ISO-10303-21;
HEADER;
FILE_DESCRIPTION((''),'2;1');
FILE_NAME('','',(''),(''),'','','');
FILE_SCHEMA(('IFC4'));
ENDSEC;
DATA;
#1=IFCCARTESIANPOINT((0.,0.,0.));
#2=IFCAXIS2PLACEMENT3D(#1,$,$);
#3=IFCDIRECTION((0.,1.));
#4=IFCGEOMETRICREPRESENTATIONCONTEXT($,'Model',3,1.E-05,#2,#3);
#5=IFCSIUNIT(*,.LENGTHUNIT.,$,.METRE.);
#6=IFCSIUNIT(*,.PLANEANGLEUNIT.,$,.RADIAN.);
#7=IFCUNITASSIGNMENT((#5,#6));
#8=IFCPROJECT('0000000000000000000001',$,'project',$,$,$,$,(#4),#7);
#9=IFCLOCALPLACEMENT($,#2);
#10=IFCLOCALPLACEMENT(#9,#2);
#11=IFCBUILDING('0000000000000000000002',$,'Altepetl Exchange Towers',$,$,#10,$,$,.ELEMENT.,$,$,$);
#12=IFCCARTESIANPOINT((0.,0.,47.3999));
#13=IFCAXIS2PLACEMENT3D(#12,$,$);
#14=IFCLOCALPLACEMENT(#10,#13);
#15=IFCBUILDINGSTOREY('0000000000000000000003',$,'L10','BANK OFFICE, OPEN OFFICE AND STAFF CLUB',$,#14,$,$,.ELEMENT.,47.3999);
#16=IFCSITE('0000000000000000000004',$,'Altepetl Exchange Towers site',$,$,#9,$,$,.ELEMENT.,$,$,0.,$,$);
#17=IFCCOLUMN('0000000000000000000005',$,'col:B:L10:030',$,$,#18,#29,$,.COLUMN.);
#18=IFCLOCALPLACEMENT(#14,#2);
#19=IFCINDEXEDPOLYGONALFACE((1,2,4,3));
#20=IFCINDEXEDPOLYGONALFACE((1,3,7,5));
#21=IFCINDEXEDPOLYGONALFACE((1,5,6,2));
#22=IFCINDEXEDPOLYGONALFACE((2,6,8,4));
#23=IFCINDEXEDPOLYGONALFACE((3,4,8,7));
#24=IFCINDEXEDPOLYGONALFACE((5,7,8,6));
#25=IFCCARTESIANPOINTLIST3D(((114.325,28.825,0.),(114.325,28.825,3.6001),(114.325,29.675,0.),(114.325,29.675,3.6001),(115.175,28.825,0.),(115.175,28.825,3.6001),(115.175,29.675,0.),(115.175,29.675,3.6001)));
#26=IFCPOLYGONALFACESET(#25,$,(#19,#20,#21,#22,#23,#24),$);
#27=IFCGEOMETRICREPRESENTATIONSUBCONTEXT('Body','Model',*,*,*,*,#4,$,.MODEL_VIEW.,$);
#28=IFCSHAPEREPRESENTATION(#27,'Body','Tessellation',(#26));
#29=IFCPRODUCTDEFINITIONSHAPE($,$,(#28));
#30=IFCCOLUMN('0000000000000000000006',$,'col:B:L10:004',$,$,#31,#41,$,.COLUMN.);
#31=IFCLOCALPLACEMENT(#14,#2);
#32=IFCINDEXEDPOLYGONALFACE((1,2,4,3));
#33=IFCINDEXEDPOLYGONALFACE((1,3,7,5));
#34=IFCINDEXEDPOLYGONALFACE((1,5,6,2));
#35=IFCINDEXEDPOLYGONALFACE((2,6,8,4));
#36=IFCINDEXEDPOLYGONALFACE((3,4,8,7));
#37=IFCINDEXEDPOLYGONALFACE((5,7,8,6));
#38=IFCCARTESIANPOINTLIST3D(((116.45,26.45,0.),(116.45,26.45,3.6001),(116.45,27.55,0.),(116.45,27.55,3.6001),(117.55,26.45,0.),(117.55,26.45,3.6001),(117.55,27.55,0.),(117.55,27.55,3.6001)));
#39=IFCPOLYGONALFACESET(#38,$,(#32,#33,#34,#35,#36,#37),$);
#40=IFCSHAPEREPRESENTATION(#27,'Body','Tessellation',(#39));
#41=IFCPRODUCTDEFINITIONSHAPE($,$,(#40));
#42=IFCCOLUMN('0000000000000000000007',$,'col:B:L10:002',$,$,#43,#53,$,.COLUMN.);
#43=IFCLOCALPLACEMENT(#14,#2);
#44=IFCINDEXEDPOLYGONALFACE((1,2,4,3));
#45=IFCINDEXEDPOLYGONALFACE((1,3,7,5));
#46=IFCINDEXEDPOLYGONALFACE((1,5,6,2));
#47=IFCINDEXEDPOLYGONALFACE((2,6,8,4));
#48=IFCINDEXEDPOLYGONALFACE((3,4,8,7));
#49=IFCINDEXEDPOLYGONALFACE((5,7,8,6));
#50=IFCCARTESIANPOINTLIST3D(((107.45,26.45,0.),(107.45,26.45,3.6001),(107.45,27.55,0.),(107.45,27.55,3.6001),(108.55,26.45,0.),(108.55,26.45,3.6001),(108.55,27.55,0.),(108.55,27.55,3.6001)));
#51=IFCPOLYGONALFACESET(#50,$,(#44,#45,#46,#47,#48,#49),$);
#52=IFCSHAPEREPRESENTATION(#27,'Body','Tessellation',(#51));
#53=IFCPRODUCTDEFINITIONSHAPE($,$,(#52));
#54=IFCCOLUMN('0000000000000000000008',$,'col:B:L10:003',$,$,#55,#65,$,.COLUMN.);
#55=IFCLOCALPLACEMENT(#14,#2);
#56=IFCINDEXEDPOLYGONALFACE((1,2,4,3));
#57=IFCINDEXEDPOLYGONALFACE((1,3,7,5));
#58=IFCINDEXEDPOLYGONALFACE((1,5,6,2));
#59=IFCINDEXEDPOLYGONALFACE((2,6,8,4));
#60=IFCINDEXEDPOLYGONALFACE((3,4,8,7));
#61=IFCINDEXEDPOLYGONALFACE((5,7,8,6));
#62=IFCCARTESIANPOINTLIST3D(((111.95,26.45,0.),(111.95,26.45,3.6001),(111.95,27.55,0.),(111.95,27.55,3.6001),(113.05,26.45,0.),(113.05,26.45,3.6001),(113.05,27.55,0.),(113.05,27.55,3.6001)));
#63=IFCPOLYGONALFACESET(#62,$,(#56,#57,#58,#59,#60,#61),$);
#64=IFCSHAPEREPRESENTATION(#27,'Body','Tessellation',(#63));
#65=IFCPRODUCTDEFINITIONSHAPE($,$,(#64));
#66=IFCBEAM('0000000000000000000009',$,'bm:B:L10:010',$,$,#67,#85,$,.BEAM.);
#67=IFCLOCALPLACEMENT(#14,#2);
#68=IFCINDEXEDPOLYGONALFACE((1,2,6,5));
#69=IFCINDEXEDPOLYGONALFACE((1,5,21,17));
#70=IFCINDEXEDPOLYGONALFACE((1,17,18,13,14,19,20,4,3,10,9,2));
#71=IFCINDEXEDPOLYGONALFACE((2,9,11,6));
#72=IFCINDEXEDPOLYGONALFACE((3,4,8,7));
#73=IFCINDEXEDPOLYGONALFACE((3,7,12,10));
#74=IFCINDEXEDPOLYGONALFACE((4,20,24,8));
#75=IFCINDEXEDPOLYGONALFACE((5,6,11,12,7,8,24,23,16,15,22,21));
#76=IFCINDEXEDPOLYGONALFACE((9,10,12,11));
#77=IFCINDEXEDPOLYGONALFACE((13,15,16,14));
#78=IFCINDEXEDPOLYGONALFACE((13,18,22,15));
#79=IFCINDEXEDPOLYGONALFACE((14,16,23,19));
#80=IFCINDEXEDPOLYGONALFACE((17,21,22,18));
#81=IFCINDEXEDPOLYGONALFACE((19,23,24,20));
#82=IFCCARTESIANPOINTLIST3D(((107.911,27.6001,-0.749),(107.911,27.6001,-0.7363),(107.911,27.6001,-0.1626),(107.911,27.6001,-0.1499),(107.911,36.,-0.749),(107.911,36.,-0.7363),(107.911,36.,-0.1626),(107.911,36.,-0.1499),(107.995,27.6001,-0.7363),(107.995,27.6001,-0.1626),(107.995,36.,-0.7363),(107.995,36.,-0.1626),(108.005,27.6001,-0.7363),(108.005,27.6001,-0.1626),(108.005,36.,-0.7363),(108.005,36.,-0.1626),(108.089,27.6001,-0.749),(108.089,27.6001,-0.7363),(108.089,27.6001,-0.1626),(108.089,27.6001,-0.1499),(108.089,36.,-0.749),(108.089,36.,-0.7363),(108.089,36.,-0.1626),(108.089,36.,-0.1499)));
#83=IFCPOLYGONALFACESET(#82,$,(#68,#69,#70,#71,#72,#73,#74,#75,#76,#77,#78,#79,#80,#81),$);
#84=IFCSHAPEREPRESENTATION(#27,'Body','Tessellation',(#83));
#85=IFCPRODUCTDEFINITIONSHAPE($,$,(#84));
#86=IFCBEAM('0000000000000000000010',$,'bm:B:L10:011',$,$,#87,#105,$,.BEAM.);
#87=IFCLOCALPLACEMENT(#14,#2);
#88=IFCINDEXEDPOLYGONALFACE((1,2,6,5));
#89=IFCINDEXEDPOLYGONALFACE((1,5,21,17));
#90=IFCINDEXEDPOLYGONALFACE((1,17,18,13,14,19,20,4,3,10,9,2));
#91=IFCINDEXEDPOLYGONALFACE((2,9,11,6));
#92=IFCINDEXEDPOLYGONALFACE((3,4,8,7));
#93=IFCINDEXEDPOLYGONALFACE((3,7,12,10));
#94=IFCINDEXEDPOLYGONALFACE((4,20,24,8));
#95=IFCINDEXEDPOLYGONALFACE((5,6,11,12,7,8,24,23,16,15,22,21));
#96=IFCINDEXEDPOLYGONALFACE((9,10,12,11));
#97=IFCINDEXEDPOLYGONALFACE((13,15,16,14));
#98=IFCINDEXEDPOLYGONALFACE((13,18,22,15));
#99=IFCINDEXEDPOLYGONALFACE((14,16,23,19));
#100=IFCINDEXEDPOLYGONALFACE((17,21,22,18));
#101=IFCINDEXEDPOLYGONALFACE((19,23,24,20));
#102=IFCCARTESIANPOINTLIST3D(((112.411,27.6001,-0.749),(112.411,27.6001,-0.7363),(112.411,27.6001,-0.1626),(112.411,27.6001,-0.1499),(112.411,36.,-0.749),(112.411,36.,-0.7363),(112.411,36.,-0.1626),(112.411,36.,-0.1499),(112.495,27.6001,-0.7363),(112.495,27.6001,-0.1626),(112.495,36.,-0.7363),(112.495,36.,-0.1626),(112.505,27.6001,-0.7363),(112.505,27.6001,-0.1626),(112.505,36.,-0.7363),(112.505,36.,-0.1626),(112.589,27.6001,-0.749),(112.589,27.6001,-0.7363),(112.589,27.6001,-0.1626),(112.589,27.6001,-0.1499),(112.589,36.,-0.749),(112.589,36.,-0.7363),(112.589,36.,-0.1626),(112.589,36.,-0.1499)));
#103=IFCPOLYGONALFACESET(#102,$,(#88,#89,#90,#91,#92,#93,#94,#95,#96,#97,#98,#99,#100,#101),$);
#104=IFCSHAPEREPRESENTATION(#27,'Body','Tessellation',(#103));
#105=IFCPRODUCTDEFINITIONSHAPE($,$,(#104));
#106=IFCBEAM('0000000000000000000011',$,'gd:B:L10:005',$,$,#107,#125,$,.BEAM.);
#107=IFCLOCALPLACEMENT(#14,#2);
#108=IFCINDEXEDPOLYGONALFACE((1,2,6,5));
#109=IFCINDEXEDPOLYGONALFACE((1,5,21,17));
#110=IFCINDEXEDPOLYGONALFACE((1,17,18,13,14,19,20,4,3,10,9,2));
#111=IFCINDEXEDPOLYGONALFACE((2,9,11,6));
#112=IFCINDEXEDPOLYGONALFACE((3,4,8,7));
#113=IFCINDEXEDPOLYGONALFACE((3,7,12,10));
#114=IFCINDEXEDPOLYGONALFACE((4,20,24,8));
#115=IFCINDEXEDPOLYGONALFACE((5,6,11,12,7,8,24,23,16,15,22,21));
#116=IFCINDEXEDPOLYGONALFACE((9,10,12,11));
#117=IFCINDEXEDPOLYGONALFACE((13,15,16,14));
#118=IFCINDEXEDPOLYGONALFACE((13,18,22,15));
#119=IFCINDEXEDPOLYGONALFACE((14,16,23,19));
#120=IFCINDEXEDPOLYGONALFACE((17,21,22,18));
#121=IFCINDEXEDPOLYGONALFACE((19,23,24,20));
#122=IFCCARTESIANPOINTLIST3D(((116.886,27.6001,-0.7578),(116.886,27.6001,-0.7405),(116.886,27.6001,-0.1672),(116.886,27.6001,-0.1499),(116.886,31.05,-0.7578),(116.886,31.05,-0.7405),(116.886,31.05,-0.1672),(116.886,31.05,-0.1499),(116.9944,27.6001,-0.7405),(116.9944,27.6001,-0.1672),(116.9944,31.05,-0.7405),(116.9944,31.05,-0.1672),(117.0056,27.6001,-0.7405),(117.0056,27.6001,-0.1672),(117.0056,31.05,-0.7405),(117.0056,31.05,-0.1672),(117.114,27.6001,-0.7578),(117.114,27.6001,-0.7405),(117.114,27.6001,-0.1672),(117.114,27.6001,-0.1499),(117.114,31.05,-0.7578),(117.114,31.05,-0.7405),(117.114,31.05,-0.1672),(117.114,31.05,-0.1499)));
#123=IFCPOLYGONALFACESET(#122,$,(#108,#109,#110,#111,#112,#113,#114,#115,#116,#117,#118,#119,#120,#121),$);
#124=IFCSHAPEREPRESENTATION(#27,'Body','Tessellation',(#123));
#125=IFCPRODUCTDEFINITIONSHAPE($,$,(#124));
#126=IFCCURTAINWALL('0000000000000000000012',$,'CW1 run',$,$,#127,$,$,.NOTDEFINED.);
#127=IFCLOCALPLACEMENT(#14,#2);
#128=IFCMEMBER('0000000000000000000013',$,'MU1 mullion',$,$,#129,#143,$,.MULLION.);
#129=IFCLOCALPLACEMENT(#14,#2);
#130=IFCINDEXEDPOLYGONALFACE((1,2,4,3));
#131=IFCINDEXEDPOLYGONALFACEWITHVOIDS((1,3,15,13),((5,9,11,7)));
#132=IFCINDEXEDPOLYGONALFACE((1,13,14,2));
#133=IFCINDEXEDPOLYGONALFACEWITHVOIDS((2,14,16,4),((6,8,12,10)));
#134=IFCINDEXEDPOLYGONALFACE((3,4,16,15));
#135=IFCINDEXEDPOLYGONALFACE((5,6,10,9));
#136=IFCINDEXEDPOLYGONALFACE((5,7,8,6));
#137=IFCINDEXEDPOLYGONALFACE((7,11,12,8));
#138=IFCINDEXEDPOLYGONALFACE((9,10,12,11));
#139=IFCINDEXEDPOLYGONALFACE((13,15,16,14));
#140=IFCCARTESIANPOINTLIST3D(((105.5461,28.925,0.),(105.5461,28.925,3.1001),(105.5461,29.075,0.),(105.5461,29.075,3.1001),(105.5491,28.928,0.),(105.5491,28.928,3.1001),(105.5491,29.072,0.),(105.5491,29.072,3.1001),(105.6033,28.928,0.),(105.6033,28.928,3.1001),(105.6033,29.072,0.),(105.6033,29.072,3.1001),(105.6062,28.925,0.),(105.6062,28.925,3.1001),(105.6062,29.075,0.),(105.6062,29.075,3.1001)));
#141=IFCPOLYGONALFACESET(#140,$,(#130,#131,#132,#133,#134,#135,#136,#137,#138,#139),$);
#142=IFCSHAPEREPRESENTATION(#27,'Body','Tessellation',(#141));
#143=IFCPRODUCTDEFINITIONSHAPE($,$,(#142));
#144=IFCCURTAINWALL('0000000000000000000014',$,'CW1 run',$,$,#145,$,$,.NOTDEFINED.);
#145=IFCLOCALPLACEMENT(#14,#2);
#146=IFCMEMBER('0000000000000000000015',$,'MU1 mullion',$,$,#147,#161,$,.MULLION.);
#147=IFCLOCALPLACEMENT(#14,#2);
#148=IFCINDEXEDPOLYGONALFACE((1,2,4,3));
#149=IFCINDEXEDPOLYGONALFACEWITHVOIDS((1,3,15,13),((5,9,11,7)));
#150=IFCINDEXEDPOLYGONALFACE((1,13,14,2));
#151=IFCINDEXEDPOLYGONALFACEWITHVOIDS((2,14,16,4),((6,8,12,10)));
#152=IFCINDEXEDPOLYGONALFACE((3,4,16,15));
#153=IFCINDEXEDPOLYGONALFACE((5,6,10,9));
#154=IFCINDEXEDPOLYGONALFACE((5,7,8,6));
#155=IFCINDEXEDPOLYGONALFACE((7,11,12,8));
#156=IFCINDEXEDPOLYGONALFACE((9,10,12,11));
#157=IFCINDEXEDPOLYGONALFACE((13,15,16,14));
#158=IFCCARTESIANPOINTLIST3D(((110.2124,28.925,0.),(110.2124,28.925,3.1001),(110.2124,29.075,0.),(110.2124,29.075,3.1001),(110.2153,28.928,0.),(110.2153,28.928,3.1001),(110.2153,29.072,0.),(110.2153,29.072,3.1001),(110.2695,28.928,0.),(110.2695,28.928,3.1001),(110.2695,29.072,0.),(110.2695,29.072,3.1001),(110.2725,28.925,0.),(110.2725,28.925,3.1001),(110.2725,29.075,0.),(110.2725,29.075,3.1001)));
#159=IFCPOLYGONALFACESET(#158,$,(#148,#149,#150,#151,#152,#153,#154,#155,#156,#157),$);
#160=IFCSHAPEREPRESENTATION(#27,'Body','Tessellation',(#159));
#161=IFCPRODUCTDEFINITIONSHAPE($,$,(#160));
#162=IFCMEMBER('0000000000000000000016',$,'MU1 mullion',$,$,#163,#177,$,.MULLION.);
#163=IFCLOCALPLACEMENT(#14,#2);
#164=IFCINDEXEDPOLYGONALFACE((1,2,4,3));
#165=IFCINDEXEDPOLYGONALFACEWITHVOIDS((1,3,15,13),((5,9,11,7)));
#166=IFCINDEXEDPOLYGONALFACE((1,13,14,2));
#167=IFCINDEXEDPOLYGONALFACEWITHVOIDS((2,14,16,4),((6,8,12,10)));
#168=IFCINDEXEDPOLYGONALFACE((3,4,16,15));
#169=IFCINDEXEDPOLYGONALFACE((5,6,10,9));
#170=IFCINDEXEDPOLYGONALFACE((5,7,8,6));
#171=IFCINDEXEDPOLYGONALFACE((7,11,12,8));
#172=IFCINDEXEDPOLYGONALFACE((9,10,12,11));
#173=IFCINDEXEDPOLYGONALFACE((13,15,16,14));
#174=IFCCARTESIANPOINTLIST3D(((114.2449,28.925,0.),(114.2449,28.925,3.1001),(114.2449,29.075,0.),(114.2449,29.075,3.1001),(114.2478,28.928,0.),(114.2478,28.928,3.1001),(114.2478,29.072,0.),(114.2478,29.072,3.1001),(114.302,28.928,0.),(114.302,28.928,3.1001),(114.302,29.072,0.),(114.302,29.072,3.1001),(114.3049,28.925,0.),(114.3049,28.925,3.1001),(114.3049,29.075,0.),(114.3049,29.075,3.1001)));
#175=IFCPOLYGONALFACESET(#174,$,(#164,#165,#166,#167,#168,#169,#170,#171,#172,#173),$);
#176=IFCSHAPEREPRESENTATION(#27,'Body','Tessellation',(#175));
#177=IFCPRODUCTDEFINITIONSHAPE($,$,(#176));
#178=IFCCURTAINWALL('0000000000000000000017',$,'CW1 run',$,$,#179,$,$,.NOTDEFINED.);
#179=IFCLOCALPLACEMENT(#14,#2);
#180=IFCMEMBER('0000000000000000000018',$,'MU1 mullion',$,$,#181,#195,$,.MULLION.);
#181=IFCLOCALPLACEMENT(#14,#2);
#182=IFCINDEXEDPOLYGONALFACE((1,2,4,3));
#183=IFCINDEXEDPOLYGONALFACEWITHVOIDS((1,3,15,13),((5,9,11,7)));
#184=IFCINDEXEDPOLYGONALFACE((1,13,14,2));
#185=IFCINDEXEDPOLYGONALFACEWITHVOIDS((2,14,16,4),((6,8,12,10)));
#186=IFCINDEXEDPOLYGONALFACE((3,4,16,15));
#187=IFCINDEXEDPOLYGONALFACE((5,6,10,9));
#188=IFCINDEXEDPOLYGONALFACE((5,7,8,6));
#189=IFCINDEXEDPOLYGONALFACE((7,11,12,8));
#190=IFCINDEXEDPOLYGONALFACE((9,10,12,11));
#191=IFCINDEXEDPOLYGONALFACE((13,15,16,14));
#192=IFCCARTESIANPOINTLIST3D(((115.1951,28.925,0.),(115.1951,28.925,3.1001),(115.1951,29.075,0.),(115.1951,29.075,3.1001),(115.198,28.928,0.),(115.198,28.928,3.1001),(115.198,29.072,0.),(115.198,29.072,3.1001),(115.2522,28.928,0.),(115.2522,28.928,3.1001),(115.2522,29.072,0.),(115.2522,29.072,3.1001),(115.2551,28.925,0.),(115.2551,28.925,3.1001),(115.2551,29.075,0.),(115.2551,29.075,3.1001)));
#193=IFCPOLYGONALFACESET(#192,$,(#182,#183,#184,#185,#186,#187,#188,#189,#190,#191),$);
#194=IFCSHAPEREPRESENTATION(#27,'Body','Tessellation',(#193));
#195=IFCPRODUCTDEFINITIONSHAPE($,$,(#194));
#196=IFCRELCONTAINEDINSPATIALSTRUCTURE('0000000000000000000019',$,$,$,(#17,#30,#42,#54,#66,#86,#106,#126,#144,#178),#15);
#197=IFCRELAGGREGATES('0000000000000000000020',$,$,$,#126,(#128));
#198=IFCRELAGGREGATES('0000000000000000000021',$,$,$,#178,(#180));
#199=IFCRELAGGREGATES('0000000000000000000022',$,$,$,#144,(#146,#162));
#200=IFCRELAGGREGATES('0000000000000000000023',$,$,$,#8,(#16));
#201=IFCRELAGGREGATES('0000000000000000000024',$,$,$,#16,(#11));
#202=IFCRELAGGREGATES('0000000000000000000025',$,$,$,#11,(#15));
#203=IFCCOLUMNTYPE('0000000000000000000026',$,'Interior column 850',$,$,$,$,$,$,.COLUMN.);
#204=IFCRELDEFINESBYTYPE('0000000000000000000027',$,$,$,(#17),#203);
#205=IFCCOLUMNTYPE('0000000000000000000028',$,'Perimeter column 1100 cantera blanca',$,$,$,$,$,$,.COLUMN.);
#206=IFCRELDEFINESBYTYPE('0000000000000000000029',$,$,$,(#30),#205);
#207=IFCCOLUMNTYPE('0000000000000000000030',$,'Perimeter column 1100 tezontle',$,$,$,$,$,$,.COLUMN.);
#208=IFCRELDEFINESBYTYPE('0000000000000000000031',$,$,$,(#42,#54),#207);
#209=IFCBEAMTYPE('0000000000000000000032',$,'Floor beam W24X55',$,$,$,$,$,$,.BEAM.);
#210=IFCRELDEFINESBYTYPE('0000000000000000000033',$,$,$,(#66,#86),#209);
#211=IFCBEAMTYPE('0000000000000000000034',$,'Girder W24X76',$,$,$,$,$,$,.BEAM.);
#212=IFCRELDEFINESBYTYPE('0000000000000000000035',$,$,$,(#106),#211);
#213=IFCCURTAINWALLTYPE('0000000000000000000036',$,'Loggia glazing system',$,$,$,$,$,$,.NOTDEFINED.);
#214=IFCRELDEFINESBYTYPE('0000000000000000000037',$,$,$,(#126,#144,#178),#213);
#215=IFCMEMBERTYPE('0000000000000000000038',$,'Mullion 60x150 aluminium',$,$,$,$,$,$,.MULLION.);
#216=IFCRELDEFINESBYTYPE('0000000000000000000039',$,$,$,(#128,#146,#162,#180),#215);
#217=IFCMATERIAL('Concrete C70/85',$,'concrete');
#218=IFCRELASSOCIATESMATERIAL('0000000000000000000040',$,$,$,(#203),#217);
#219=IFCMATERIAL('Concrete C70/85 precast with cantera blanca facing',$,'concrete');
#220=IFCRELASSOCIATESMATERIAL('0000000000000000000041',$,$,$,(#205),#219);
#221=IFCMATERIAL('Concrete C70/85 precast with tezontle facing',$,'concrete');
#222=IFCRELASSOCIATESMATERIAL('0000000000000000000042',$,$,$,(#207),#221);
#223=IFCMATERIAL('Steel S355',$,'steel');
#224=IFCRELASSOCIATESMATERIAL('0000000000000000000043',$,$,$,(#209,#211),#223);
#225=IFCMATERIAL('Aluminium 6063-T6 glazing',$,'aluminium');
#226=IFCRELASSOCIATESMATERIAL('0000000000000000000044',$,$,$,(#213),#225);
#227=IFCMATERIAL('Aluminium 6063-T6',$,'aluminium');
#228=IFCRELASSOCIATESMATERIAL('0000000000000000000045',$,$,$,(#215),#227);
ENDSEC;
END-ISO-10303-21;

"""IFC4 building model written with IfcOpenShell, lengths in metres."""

from ifc_helpers import new_model, si_unit, direction, frame, origin, origin_2d, place, context, subcontext, project, spatial, rectangle, hollow_rectangle, i_section, extrude, material, material_profile, profile_set, type_object, element, aggregate, save


model = new_model("IFC4")

# Units and contexts
model_context = context("Model", 3, precision=1e-05, world=origin(), true_north=direction((0.0, 1.0)))
body_context = subcontext(model_context, "Body", "Model", "MODEL_VIEW")
ifc_project = project(units=[si_unit("LENGTHUNIT", "METRE"), si_unit("PLANEANGLEUNIT", "RADIAN")], contexts=[model_context])

# Site, building, storey
site_placement = place(None, origin())
site = spatial("IfcSite", under=ifc_project, at=site_placement, Name="Altepetl Exchange Towers site", CompositionType="ELEMENT", RefElevation=0.0)
building_placement = place(site_placement, origin())
building = spatial("IfcBuilding", under=site, at=building_placement, Name="Altepetl Exchange Towers", CompositionType="ELEMENT")
storey_placement = place(building_placement, frame((0.0, 0.0, 47.3999)))
storey = spatial("IfcBuildingStorey", under=building, at=storey_placement, Name="L10", Description="BANK OFFICE, OPEN OFFICE AND STAFF CLUB", CompositionType="ELEMENT", Elevation=47.3999)

# Columns
ifc_material_1 = material(Name="Concrete C70/85", Category="concrete")
ifc_material_profile_1 = material_profile(ifc_material_1, rectangle(XDim=0.8501, YDim=0.8501, at=origin_2d()), Name="850 x 850")
ifc_profile_set_1 = profile_set([ifc_material_profile_1], Name="Concrete C70/85")
column_type_1 = type_object("IfcColumnType", Name="Interior column 850", PredefinedType="COLUMN", material=ifc_profile_set_1)
column_1_placement = place(storey_placement, frame((114.75, 29.25, 0.0)))
element("IfcColumn", 1, at=column_1_placement, inside=storey, type_object=column_type_1, Name="col:B:L10:030", PredefinedType="COLUMN", context=body_context, shape_type="SweptSolid", body=[
    extrude(rectangle(XDim=0.8501, YDim=0.8501, at=origin_2d()), origin(), (0.0, 0.0, 1.0), 3.6001),
])
ifc_material_2 = material(Name="Concrete C70/85 precast with cantera blanca facing", Category="concrete")
ifc_material_profile_2 = material_profile(ifc_material_2, rectangle(XDim=1.1001, YDim=1.1001, at=origin_2d()), Name="1100 x 1100")
ifc_profile_set_2 = profile_set([ifc_material_profile_2], Name="Concrete C70/85 precast with cantera blanca facing")
column_type_2 = type_object("IfcColumnType", Name="Perimeter column 1100 cantera blanca", PredefinedType="COLUMN", material=ifc_profile_set_2)
column_2_placement = place(storey_placement, frame((117.0, 27.0, 0.0)))
element("IfcColumn", 2, at=column_2_placement, inside=storey, type_object=column_type_2, Name="col:B:L10:004", PredefinedType="COLUMN", context=body_context, shape_type="SweptSolid", body=[
    extrude(rectangle(XDim=1.1001, YDim=1.1001, at=origin_2d()), origin(), (0.0, 0.0, 1.0), 3.6001),
])
ifc_material_3 = material(Name="Concrete C70/85 precast with tezontle facing", Category="concrete")
ifc_material_profile_3 = material_profile(ifc_material_3, rectangle(XDim=1.1001, YDim=1.1001, at=origin_2d()), Name="1100 x 1100")
ifc_profile_set_3 = profile_set([ifc_material_profile_3], Name="Concrete C70/85 precast with tezontle facing")
column_type_3 = type_object("IfcColumnType", Name="Perimeter column 1100 tezontle", PredefinedType="COLUMN", material=ifc_profile_set_3)
for number, where, name in (
    (3, (108.0, 27.0, 0.0), "col:B:L10:002"),
    (4, (112.5, 27.0, 0.0), "col:B:L10:003"),
):
    element("IfcColumn", number, at=place(storey_placement, frame(where)), inside=storey, type_object=column_type_3, Name=name, PredefinedType="COLUMN", context=body_context, shape_type="SweptSolid", body=[
        extrude(rectangle(XDim=1.1001, YDim=1.1001, at=origin_2d()), origin(), (0.0, 0.0, 1.0), 3.6001),
    ])

# Beams
ifc_material_4 = material(Name="Steel S355", Category="steel")
ifc_material_profile_4 = material_profile(ifc_material_4, i_section(OverallWidth=0.178, OverallDepth=0.5991, WebThickness=0.01, FlangeThickness=0.0127, at=origin_2d()), Name="W24X55")
ifc_profile_set_4 = profile_set([ifc_material_profile_4], Name="Steel S355")
beam_type_1 = type_object("IfcBeamType", Name="Floor beam W24X55", PredefinedType="BEAM", material=ifc_profile_set_4)
for number, where, z_axis, x_axis, name in (
    (5, (108.0, 27.6001, -0.4495), (0.0, 1.0, 0.0), (-1.0, 0.0, 0.0), "bm:B:L10:010"),
    (6, (112.5, 27.6001, -0.4495), (0.0, 1.0, 0.0), (-1.0, 0.0, 0.0), "bm:B:L10:011"),
):
    element("IfcBeam", number, at=place(storey_placement, frame(where, z_axis=z_axis, x_axis=x_axis)), inside=storey, type_object=beam_type_1, Name=name, PredefinedType="BEAM", context=body_context, shape_type="SweptSolid", body=[
        extrude(i_section(OverallWidth=0.178, OverallDepth=0.5991, WebThickness=0.01, FlangeThickness=0.0127, at=origin_2d()), origin(), (0.0, 0.0, 1.0), 8.3999),
    ])
ifc_material_profile_5 = material_profile(ifc_material_4, i_section(OverallWidth=0.228, OverallDepth=0.6079, WebThickness=0.0112, FlangeThickness=0.0173, at=origin_2d()), Name="W24X76")
ifc_profile_set_5 = profile_set([ifc_material_profile_5], Name="Steel S355")
beam_type_2 = type_object("IfcBeamType", Name="Girder W24X76", PredefinedType="BEAM", material=ifc_profile_set_5)
beam_placement = place(storey_placement, frame((117.0, 31.05, -0.4539), z_axis=(0.0, -1.0, 0.0), x_axis=(1.0, 0.0, 0.0)))
element("IfcBeam", 7, at=beam_placement, inside=storey, type_object=beam_type_2, Name="gd:B:L10:005", PredefinedType="BEAM", context=body_context, shape_type="SweptSolid", body=[
    extrude(i_section(OverallWidth=0.228, OverallDepth=0.6079, WebThickness=0.0112, FlangeThickness=0.0173, at=origin_2d()), origin(), (0.0, 0.0, 1.0), 3.45),
])

# Curtain wall, member
ifc_material_5 = material(Name="Aluminium 6063-T6 glazing", Category="aluminium")
curtain_wall_type = type_object("IfcCurtainWallType", Name="Loggia glazing system", PredefinedType="NOTDEFINED", material=ifc_material_5)
curtain_wall_1_placement = place(storey_placement, origin())
curtain_wall_1 = element("IfcCurtainWall", 8, at=curtain_wall_1_placement, inside=storey, type_object=curtain_wall_type, Name="CW1 run", PredefinedType="NOTDEFINED")
ifc_material_6 = material(Name="Aluminium 6063-T6", Category="aluminium")
ifc_material_profile_6 = material_profile(ifc_material_6, hollow_rectangle(XDim=0.0601, YDim=0.1499, WallThickness=0.0029, at=origin_2d()), Name="Mullion 60x150 aluminium")
ifc_profile_set_6 = profile_set([ifc_material_profile_6], Name="Aluminium 6063-T6")
member_type = type_object("IfcMemberType", Name="Mullion 60x150 aluminium", PredefinedType="MULLION", material=ifc_profile_set_6)
member_1_placement = place(storey_placement, frame((105.5762, 29.0, 0.0)))
member_1 = element("IfcMember", 9, at=member_1_placement, type_object=member_type, Name="MU1 mullion", PredefinedType="MULLION", context=body_context, shape_type="SweptSolid", body=[
    extrude(hollow_rectangle(XDim=0.0601, YDim=0.1499, WallThickness=0.0029, at=origin_2d()), origin(), (0.0, 0.0, 1.0), 3.1001),
])
aggregate(curtain_wall_1, [member_1])

# Curtain wall, members
curtain_wall_2_placement = place(storey_placement, origin())
curtain_wall_2 = element("IfcCurtainWall", 10, at=curtain_wall_2_placement, inside=storey, type_object=curtain_wall_type, Name="CW1 run", PredefinedType="NOTDEFINED")
member_2_placement = place(storey_placement, frame((110.2424, 29.0, 0.0)))
member_2 = element("IfcMember", 11, at=member_2_placement, type_object=member_type, Name="MU1 mullion", PredefinedType="MULLION", context=body_context, shape_type="SweptSolid", body=[
    extrude(hollow_rectangle(XDim=0.0601, YDim=0.1499, WallThickness=0.0029, at=origin_2d()), origin(), (0.0, 0.0, 1.0), 3.1001),
])
member_3_placement = place(storey_placement, frame((114.2749, 29.0, 0.0)))
member_3 = element("IfcMember", 12, at=member_3_placement, type_object=member_type, Name="MU1 mullion", PredefinedType="MULLION", context=body_context, shape_type="SweptSolid", body=[
    extrude(hollow_rectangle(XDim=0.0601, YDim=0.1499, WallThickness=0.0029, at=origin_2d()), origin(), (0.0, 0.0, 1.0), 3.1001),
])

# Curtain wall, member
curtain_wall_3_placement = place(storey_placement, origin())
curtain_wall_3 = element("IfcCurtainWall", 13, at=curtain_wall_3_placement, inside=storey, type_object=curtain_wall_type, Name="CW1 run", PredefinedType="NOTDEFINED")
member_4_placement = place(storey_placement, frame((115.2251, 29.0, 0.0)))
member_4 = element("IfcMember", 14, at=member_4_placement, type_object=member_type, Name="MU1 mullion", PredefinedType="MULLION", context=body_context, shape_type="SweptSolid", body=[
    extrude(hollow_rectangle(XDim=0.0601, YDim=0.1499, WallThickness=0.0029, at=origin_2d()), origin(), (0.0, 0.0, 1.0), 3.1001),
])
aggregate(curtain_wall_3, [member_4])

aggregate(curtain_wall_2, [member_2, member_3])

save(model, "model.ifc")
